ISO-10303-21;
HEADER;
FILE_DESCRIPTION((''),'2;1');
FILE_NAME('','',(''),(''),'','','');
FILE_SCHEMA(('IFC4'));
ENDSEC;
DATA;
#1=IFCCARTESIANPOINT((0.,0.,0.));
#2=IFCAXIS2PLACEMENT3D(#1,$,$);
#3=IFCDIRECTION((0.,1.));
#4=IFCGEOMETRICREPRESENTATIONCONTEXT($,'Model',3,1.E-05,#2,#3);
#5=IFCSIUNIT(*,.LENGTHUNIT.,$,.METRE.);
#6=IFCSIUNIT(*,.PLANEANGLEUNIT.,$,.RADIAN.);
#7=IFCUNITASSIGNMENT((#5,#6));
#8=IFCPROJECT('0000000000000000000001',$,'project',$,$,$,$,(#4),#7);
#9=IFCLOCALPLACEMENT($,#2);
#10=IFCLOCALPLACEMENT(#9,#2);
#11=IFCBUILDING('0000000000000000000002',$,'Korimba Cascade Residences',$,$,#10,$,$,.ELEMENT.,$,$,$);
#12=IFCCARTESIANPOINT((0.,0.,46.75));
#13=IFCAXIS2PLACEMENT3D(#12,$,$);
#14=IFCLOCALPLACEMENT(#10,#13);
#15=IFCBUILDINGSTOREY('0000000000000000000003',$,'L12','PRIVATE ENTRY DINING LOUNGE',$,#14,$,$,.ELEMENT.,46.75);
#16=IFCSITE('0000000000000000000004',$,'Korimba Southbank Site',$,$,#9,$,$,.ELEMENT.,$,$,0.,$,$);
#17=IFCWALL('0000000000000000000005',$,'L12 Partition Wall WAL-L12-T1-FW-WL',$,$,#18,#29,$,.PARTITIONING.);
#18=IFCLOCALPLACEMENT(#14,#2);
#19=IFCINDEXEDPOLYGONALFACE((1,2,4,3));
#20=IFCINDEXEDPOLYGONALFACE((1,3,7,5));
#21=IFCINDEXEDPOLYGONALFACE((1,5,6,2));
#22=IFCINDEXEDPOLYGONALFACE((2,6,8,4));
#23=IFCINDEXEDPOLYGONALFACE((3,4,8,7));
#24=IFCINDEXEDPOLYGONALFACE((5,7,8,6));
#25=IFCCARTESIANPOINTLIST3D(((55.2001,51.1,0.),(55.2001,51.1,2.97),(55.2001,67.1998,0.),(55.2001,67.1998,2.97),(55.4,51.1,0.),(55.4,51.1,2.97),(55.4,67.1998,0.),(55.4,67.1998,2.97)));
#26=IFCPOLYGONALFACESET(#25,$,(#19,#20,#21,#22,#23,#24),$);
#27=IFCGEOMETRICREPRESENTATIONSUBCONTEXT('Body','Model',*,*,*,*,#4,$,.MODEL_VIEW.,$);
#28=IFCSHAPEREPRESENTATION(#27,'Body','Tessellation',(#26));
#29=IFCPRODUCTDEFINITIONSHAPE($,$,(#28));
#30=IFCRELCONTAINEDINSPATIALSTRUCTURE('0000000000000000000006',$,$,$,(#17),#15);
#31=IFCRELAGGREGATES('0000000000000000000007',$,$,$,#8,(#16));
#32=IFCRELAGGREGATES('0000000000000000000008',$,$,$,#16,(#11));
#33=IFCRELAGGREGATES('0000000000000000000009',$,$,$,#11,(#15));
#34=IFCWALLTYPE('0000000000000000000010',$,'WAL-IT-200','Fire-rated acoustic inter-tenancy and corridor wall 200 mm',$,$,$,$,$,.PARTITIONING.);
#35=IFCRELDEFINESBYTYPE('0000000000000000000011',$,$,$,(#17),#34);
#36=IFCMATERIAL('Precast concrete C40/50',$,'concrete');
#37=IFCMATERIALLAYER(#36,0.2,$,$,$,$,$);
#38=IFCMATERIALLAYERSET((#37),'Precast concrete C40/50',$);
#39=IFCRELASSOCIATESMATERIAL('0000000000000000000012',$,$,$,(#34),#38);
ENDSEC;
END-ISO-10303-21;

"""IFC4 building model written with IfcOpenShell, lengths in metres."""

from ifc_helpers import new_model, si_unit, direction, frame, frame_2d, origin, place, context, subcontext, project, spatial, rectangle, extrude, material, layer, layer_set, type_object, element, save


model = new_model("IFC4")

# Units and contexts
model_context = context("Model", 3, precision=1e-05, world=origin(), true_north=direction((0.0, 1.0)))
body_context = subcontext(model_context, "Body", "Model", "MODEL_VIEW")
ifc_project = project(units=[si_unit("LENGTHUNIT", "METRE"), si_unit("PLANEANGLEUNIT", "RADIAN")], contexts=[model_context])

# Site, building, storey
site_placement = place(None, origin())
site = spatial("IfcSite", under=ifc_project, at=site_placement, Name="Korimba Southbank Site", CompositionType="ELEMENT", RefElevation=0.0)
building_placement = place(site_placement, origin())
building = spatial("IfcBuilding", under=site, at=building_placement, Name="Korimba Cascade Residences", CompositionType="ELEMENT")
storey_placement = place(building_placement, frame((0.0, 0.0, 46.75)))
storey = spatial("IfcBuildingStorey", under=building, at=storey_placement, Name="L12", Description="PRIVATE ENTRY DINING LOUNGE", CompositionType="ELEMENT", Elevation=46.75)

# Shared definitions
ifc_material_1 = material(Name="Precast concrete C40/50", Category="concrete")

# Wall
ifc_layer_1 = layer(ifc_material_1, 0.2)
ifc_layer_set_1 = layer_set([ifc_layer_1], Name="Precast concrete C40/50")
wall_type_1 = type_object("IfcWallType", Name="WAL-IT-200", Description="Fire-rated acoustic inter-tenancy and corridor wall 200 mm", PredefinedType="PARTITIONING", material=ifc_layer_set_1)
wall_1_placement = place(storey_placement, frame((55.3, 51.1001, 0.0), z_axis=(0.0, 0.0, 1.0), x_axis=(0.0, 1.0, 0.0)))
element("IfcWall", 1, at=wall_1_placement, inside=storey, type_object=wall_type_1, Name="L12 Partition Wall WAL-L12-T1-FW-WL", PredefinedType="PARTITIONING", context=body_context, shape_type="SweptSolid", body=[
    extrude(rectangle(XDim=16.0999, YDim=0.2, at=frame_2d((8.0498, 0.0))), origin(), (0.0, 0.0, 1.0), 2.97),
])

save(model, "model.ifc")
